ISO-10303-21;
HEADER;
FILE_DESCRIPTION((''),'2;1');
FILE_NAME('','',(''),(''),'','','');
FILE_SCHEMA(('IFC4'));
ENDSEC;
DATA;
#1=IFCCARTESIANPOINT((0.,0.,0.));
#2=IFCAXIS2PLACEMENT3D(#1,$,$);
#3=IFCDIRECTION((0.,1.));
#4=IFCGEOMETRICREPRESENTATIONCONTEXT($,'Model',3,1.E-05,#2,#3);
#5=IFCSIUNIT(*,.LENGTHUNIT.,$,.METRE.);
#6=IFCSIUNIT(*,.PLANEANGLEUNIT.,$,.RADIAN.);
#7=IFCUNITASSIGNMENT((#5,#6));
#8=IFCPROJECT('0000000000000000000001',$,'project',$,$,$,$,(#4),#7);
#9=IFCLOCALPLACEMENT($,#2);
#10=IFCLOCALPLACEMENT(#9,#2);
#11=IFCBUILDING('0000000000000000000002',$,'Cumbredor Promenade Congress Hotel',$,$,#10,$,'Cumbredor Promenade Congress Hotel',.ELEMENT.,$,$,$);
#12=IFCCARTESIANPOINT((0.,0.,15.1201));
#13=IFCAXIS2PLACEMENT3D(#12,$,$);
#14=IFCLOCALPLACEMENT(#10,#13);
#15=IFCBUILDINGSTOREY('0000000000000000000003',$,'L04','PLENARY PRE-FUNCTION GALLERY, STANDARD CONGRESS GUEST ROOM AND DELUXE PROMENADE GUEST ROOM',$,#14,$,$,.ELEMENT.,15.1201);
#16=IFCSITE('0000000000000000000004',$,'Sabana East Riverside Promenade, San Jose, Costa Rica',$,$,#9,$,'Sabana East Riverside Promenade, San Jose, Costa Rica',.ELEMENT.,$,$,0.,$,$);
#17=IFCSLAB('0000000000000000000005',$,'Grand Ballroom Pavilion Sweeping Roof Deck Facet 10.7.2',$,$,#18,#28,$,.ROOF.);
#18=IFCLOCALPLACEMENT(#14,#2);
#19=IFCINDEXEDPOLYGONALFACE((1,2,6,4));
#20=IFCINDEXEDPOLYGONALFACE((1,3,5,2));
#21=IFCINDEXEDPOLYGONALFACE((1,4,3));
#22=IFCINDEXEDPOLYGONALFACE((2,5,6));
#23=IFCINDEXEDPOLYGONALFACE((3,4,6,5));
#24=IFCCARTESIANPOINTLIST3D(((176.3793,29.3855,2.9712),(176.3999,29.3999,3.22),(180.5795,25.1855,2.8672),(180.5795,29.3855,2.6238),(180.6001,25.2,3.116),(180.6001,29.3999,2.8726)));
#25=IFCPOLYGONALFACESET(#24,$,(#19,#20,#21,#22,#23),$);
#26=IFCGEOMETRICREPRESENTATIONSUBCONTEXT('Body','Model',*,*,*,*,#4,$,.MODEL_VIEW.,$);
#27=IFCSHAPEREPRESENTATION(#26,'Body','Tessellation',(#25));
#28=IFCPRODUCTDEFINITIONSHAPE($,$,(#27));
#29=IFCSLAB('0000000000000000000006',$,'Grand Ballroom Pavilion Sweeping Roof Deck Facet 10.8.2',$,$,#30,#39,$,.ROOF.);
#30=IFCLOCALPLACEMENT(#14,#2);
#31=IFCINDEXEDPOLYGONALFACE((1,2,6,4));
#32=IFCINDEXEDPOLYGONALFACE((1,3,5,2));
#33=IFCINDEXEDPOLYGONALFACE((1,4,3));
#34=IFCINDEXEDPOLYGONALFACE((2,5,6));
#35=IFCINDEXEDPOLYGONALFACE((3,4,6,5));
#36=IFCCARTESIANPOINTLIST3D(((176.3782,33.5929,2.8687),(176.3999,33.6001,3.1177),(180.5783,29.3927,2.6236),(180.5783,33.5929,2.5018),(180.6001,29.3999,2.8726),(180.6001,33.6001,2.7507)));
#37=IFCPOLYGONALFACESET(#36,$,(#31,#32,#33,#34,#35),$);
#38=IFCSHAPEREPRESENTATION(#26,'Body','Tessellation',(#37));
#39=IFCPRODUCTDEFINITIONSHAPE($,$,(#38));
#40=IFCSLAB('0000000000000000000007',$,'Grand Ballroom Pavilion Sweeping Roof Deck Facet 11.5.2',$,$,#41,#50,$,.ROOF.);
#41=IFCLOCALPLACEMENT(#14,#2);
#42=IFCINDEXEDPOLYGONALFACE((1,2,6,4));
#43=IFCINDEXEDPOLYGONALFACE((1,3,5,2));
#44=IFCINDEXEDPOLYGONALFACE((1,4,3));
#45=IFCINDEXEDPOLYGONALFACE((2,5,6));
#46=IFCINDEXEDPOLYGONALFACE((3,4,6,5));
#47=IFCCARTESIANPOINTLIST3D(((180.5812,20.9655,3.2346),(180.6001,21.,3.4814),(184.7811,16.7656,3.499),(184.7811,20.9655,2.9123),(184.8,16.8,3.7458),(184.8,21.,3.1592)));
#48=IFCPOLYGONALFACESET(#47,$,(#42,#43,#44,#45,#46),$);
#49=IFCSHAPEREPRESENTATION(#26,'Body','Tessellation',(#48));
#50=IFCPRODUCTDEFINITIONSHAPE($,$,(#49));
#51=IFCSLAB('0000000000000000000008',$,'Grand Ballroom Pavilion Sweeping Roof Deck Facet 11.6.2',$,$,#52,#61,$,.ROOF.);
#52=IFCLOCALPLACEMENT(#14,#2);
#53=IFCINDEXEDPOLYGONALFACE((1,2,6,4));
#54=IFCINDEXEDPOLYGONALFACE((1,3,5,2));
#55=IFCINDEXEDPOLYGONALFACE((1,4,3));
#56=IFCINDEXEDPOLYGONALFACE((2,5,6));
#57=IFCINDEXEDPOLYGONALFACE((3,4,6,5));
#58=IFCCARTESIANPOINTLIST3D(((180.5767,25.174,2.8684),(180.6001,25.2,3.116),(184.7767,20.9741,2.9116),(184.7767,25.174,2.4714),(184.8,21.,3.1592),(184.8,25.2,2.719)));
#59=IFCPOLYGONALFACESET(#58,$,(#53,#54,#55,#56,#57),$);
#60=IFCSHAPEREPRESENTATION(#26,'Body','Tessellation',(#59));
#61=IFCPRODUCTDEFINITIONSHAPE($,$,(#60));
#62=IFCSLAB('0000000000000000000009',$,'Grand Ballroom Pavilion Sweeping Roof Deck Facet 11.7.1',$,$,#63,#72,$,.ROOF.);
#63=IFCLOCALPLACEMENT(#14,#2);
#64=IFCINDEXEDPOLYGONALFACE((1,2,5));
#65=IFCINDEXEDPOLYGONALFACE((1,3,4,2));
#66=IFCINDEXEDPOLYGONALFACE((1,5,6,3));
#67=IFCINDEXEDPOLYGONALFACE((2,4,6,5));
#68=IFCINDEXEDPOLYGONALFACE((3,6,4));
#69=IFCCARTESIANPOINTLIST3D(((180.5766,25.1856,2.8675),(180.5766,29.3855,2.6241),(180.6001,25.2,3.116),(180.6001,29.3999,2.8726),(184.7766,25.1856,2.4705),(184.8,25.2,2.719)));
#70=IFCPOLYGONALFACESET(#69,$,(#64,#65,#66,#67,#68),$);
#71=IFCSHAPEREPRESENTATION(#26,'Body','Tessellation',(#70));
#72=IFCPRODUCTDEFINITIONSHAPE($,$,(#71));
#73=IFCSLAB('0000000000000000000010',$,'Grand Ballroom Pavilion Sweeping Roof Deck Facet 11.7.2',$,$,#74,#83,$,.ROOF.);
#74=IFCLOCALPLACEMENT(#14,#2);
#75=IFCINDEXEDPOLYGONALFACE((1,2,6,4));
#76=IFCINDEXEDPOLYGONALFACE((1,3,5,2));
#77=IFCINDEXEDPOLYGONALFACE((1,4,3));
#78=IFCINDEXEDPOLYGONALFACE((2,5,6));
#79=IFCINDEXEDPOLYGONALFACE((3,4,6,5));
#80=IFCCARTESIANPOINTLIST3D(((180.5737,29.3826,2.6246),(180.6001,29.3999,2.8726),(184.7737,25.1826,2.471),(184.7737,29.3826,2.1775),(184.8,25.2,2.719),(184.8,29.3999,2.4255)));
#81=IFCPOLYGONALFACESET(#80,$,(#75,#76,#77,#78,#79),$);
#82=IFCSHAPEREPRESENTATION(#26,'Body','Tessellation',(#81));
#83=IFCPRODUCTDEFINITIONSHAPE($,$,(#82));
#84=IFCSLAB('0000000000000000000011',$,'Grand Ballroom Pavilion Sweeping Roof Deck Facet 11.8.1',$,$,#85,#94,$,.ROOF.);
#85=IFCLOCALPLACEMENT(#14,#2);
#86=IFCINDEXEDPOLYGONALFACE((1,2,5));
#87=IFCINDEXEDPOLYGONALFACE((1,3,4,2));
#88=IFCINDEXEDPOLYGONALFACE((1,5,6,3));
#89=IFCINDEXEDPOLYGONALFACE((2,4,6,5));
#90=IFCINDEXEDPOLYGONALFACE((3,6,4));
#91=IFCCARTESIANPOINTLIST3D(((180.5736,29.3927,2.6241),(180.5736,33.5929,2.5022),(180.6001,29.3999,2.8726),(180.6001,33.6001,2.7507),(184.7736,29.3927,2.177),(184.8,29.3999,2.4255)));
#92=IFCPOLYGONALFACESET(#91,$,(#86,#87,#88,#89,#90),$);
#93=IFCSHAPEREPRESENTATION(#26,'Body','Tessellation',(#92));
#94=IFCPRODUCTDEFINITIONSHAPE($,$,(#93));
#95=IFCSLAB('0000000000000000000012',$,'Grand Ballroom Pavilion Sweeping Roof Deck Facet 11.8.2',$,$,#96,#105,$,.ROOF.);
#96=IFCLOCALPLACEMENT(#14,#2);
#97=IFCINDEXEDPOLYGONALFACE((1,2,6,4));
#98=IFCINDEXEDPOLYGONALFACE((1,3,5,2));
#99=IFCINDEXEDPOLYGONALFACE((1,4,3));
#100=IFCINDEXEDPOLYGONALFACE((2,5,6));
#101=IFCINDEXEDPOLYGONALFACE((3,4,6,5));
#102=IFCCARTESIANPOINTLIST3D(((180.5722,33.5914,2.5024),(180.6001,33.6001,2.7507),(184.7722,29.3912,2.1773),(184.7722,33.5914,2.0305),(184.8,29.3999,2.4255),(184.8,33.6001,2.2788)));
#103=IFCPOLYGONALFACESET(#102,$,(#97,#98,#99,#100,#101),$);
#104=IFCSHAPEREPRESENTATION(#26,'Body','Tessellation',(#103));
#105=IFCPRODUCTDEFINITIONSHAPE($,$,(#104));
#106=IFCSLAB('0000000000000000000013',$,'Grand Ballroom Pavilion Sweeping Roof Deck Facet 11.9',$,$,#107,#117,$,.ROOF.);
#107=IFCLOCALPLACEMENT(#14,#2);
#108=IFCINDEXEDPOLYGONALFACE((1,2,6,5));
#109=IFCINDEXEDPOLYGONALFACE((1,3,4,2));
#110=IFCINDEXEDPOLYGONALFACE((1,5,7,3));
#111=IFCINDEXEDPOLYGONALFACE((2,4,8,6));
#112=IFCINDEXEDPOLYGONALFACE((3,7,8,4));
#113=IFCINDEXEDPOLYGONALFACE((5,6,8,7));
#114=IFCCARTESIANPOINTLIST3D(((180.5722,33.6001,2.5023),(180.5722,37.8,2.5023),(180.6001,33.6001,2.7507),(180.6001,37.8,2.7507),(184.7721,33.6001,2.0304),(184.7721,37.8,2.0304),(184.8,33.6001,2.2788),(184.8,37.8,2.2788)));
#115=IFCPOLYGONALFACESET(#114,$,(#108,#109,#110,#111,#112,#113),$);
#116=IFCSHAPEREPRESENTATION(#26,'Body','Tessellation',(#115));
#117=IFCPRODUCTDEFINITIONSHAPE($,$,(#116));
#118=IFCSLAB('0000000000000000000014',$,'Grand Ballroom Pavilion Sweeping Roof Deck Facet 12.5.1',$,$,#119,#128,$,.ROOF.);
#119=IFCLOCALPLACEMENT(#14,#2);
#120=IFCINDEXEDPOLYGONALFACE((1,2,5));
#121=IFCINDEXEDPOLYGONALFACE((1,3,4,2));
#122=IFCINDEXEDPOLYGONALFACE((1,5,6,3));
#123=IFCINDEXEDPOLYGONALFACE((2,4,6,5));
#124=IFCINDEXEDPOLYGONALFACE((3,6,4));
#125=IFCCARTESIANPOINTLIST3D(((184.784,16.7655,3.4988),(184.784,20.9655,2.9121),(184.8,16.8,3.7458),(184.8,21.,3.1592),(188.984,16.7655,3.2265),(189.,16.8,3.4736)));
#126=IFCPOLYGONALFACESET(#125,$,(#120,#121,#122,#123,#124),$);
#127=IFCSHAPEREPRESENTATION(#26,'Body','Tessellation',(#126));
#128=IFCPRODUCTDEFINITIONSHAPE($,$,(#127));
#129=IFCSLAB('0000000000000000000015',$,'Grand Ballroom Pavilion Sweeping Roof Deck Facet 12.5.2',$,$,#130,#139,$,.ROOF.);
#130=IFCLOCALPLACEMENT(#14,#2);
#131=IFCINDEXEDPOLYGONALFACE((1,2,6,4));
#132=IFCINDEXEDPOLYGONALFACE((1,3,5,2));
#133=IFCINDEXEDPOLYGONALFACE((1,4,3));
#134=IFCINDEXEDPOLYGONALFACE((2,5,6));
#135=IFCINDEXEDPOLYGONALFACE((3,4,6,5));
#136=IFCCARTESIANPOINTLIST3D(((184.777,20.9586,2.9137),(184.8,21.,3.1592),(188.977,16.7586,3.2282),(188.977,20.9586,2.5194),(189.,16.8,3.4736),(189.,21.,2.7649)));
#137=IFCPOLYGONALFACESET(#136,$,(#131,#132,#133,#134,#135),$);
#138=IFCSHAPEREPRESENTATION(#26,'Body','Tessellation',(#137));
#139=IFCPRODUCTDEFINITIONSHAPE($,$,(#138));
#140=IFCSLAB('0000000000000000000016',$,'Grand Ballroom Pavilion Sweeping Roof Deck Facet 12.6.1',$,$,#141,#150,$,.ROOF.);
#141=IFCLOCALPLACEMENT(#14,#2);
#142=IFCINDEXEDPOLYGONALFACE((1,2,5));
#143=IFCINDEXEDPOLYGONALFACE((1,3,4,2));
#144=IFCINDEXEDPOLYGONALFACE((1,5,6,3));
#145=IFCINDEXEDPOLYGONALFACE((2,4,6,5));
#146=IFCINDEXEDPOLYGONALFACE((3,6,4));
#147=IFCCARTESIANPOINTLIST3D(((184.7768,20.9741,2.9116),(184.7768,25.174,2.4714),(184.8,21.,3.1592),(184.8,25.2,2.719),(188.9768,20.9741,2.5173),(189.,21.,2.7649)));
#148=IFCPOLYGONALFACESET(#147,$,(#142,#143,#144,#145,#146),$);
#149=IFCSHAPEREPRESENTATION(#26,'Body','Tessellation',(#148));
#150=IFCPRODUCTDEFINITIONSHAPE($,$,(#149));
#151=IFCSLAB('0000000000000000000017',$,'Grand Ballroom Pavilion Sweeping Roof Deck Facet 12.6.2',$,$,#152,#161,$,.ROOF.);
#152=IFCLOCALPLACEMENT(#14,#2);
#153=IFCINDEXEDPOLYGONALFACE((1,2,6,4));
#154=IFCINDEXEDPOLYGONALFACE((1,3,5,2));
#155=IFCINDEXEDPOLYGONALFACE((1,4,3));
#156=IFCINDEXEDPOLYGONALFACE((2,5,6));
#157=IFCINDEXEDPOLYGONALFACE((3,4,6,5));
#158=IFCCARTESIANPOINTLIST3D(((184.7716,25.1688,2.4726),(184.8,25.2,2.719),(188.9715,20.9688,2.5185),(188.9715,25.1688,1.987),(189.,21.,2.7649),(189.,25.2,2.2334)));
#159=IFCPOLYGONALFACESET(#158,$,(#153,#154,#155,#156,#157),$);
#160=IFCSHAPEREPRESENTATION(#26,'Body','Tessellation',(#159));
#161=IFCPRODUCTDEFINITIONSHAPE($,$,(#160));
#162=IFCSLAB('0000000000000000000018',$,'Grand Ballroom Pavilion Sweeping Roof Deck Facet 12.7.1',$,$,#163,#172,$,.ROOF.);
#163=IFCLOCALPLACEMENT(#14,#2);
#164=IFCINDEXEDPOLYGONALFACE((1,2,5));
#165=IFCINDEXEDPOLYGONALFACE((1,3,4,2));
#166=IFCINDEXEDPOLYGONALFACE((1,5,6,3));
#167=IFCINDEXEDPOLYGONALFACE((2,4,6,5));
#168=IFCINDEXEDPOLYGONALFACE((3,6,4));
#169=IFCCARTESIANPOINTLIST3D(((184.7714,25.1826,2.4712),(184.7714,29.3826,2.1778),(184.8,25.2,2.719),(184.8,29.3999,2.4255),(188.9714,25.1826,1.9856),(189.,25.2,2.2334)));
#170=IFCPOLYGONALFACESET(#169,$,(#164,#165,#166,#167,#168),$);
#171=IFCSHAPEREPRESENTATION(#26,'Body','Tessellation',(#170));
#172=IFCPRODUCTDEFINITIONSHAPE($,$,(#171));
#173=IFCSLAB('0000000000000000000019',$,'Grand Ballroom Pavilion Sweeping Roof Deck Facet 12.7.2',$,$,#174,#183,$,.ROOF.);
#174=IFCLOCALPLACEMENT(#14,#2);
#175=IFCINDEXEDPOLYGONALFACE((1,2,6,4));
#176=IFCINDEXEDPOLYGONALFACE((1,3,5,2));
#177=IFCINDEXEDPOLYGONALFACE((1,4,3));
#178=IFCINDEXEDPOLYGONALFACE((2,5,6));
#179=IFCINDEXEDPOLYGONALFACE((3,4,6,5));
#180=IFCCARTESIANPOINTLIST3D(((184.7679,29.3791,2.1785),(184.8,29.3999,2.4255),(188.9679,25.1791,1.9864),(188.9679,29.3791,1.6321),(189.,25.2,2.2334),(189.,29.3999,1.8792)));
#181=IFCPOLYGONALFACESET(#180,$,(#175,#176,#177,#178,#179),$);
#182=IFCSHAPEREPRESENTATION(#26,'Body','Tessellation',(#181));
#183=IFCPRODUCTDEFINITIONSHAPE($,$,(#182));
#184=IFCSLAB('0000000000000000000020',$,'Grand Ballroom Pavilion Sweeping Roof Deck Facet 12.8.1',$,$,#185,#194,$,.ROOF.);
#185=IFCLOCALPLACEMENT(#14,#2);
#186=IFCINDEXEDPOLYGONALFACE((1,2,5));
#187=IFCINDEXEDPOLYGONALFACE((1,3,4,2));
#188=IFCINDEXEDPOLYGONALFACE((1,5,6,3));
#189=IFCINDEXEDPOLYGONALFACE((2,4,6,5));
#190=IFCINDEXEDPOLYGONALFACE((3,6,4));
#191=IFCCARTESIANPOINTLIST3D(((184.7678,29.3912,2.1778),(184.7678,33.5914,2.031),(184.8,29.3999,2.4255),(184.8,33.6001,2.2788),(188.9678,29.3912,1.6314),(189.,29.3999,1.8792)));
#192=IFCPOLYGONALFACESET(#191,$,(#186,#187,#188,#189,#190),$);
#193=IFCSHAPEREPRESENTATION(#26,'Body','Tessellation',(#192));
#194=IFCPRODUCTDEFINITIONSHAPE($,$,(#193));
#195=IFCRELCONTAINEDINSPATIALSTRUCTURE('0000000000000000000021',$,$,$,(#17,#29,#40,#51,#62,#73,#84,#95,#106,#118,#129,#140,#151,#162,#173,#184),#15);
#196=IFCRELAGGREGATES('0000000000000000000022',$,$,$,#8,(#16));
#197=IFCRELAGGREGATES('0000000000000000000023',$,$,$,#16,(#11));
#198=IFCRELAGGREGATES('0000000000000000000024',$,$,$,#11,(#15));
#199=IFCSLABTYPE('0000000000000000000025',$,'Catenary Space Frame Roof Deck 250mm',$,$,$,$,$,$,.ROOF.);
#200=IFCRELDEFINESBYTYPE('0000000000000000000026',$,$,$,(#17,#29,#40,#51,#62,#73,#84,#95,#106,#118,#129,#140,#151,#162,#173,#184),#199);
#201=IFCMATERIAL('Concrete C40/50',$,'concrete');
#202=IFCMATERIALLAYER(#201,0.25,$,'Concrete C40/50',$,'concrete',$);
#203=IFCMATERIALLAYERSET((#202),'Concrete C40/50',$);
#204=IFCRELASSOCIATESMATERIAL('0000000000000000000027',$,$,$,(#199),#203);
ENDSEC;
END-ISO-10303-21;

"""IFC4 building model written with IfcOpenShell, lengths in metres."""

from ifc_helpers import new_model, si_unit, direction, frame, origin, place, context, subcontext, project, spatial, polyline, outline, extrude, material, layer, layer_set, type_object, element, save


model = new_model("IFC4")

# Units and contexts
model_context = context("Model", 3, precision=1e-05, world=origin(), true_north=direction((0.0, 1.0)))
body_context = subcontext(model_context, "Body", "Model", "MODEL_VIEW")
ifc_project = project(units=[si_unit("LENGTHUNIT", "METRE"), si_unit("PLANEANGLEUNIT", "RADIAN")], contexts=[model_context])

# Site, building, storey
site_placement = place(None, origin())
site = spatial("IfcSite", under=ifc_project, at=site_placement, Name="Sabana East Riverside Promenade, San Jose, Costa Rica", LongName="Sabana East Riverside Promenade, San Jose, Costa Rica", CompositionType="ELEMENT", RefElevation=0.0)
building_placement = place(site_placement, origin())
building = spatial("IfcBuilding", under=site, at=building_placement, Name="Cumbredor Promenade Congress Hotel", LongName="Cumbredor Promenade Congress Hotel", CompositionType="ELEMENT")
storey_placement = place(building_placement, frame((0.0, 0.0, 15.1201)))
storey = spatial("IfcBuildingStorey", under=building, at=storey_placement, Name="L04", Description="PLENARY PRE-FUNCTION GALLERY, STANDARD CONGRESS GUEST ROOM AND DELUXE PROMENADE GUEST ROOM", CompositionType="ELEMENT", Elevation=15.1201)

# Slabs
ifc_material_1 = material(Name="Concrete C40/50", Category="concrete")
ifc_layer_1 = layer(ifc_material_1, 0.25, Name="Concrete C40/50", Category="concrete")
ifc_layer_set_1 = layer_set([ifc_layer_1], Name="Concrete C40/50")
slab_type = type_object("IfcSlabType", Name="Catenary Space Frame Roof Deck 250mm", PredefinedType="ROOF", material=ifc_layer_set_1)
slab_1_placement = place(storey_placement, frame((180.6001, 25.2, 3.116), z_axis=(0.082295, 0.057662, 0.994939), x_axis=(0.0, 0.998325, -0.057858)))
element("IfcSlab", 1, at=slab_1_placement, inside=storey, type_object=slab_type, Name="Grand Ballroom Pavilion Sweeping Roof Deck Facet 10.7.2", PredefinedType="ROOF", context=body_context, shape_type="SweptSolid", body=[
    extrude(outline(polyline([(0.0, 0.0), (4.207, 0.0), (4.1869, 4.2145), (0.0, 0.0)])), origin(), (0.0, 0.0, -1.0), 0.25),
])
slab_2_placement = place(storey_placement, frame((180.6001, 29.3999, 2.8726), z_axis=(0.086996, 0.028883, 0.99579), x_axis=(0.0, 0.99958, -0.028993)))
element("IfcSlab", 2, at=slab_2_placement, inside=storey, type_object=slab_type, Name="Grand Ballroom Pavilion Sweeping Roof Deck Facet 10.8.2", PredefinedType="ROOF", context=body_context, shape_type="SweptSolid", body=[
    extrude(outline(polyline([(0.0, 0.0), (4.202, 0.0), (4.1913, 4.2162), (0.0, 0.0)])), origin(), (0.0, 0.0, -1.0), 0.25),
])
slab_3_placement = place(storey_placement, frame((184.8, 16.8, 3.7458), z_axis=(0.075775, 0.137944, 0.987537), x_axis=(0.0, 0.990385, -0.138342)))
element("IfcSlab", 3, at=slab_3_placement, inside=storey, type_object=slab_type, Name="Grand Ballroom Pavilion Sweeping Roof Deck Facet 11.5.2", PredefinedType="ROOF", context=body_context, shape_type="SweptSolid", body=[
    extrude(outline(polyline([(0.0, 0.0), (4.2407, 0.0), (4.1961, 4.2121), (0.0, 0.0)])), origin(), (0.0, 0.0, -1.0), 0.25),
])
slab_4_placement = place(storey_placement, frame((184.8, 21.0, 3.1592), z_axis=(0.093591, 0.103779, 0.990187), x_axis=(0.0, 0.994553, -0.104236)))
element("IfcSlab", 4, at=slab_4_placement, inside=storey, type_object=slab_type, Name="Grand Ballroom Pavilion Sweeping Roof Deck Facet 11.6.2", PredefinedType="ROOF", context=body_context, shape_type="SweptSolid", body=[
    extrude(outline(polyline([(0.0, 0.0), (4.223, 0.0), (4.1816, 4.2185), (0.0, 0.0)])), origin(), (0.0, 0.0, -1.0), 0.25),
])
slab_5_placement = place(storey_placement, frame((180.6001, 25.2, 3.116), z_axis=(0.093943, 0.057602, 0.99391), x_axis=(0.995563, 0.0, -0.094099)))
element("IfcSlab", 5, at=slab_5_placement, inside=storey, type_object=slab_type, Name="Grand Ballroom Pavilion Sweeping Roof Deck Facet 11.7.1", PredefinedType="ROOF", context=body_context, shape_type="SweptSolid", body=[
    extrude(outline(polyline([(0.0, 0.0), (4.2187, 0.0), (0.0229, 4.2069), (0.0, 0.0)])), origin(), (0.0, 0.0, -1.0), 0.25),
])
slab_6_placement = place(storey_placement, frame((184.8, 25.2, 2.719), z_axis=(0.105583, 0.069312, 0.991992), x_axis=(0.0, 0.997568, -0.069702)))
element("IfcSlab", 6, at=slab_6_placement, inside=storey, type_object=slab_type, Name="Grand Ballroom Pavilion Sweeping Roof Deck Facet 11.7.2", PredefinedType="ROOF", context=body_context, shape_type="SweptSolid", body=[
    extrude(outline(polyline([(0.0, 0.0), (4.2102, 0.0), (4.179, 4.2236), (0.0, 0.0)])), origin(), (0.0, 0.0, -1.0), 0.25),
])
slab_7_placement = place(storey_placement, frame((180.6001, 29.3999, 2.8726), z_axis=(0.105793, 0.02883, 0.99397), x_axis=(0.994383, 0.0, -0.105837)))
element("IfcSlab", 7, at=slab_7_placement, inside=storey, type_object=slab_type, Name="Grand Ballroom Pavilion Sweeping Roof Deck Facet 11.8.1", PredefinedType="ROOF", context=body_context, shape_type="SweptSolid", body=[
    extrude(outline(polyline([(0.0, 0.0), (4.2237, 0.0), (0.0129, 4.2019), (0.0, 0.0)])), origin(), (0.0, 0.0, -1.0), 0.25),
])
slab_8_placement = place(storey_placement, frame((184.8, 29.3999, 2.4255), z_axis=(0.111594, 0.034694, 0.993148), x_axis=(0.0, 0.99939, -0.034912)))
element("IfcSlab", 8, at=slab_8_placement, inside=storey, type_object=slab_type, Name="Grand Ballroom Pavilion Sweeping Roof Deck Facet 11.8.2", PredefinedType="ROOF", context=body_context, shape_type="SweptSolid", body=[
    extrude(outline(polyline([(0.0, 0.0), (4.2028, 0.0), (4.1863, 4.2263), (0.0, 0.0)])), origin(), (0.0, 0.0, -1.0), 0.25),
])
slab_9_placement = place(storey_placement, frame((180.6001, 33.6001, 2.7507), z_axis=(0.111661, 0.0, 0.993746), x_axis=(0.993746, 0.0, -0.111661)))
element("IfcSlab", 9, at=slab_9_placement, inside=storey, type_object=slab_type, Name="Grand Ballroom Pavilion Sweeping Roof Deck Facet 11.9", PredefinedType="ROOF", context=body_context, shape_type="SweptSolid", body=[
    extrude(outline(polyline([(0.0, 0.0), (4.2264, 0.0), (4.2264, 4.2), (0.0, 4.2), (0.0, 0.0)])), origin(), (0.0, 0.0, -1.0), 0.25),
])
slab_10_placement = place(storey_placement, frame((184.8, 16.8, 3.7458), z_axis=(0.064059, 0.138058, 0.98835), x_axis=(0.997906, 0.0, -0.064679)))
element("IfcSlab", 10, at=slab_10_placement, inside=storey, type_object=slab_type, Name="Grand Ballroom Pavilion Sweeping Roof Deck Facet 12.5.1", PredefinedType="ROOF", context=body_context, shape_type="SweptSolid", body=[
    extrude(outline(polyline([(0.0, 0.0), (4.2088, 0.0), (0.0379, 4.2406), (0.0, 0.0)])), origin(), (0.0, 0.0, -1.0), 0.25),
])
slab_11_placement = place(storey_placement, frame((189.0, 16.8, 3.4736), z_axis=(0.092176, 0.165689, 0.981861), x_axis=(0.0, 0.986059, -0.166397)))
element("IfcSlab", 11, at=slab_11_placement, inside=storey, type_object=slab_type, Name="Grand Ballroom Pavilion Sweeping Roof Deck Facet 12.5.2", PredefinedType="ROOF", context=body_context, shape_type="SweptSolid", body=[
    extrude(outline(polyline([(0.0, 0.0), (4.2593, 0.0), (4.1937, 4.2179), (0.0, 0.0)])), origin(), (0.0, 0.0, -1.0), 0.25),
])
slab_12_placement = place(storey_placement, frame((184.8, 21.0, 3.1592), z_axis=(0.092963, 0.103785, 0.990246), x_axis=(0.995622, 0.0, -0.093468)))
element("IfcSlab", 12, at=slab_12_placement, inside=storey, type_object=slab_type, Name="Grand Ballroom Pavilion Sweeping Roof Deck Facet 12.6.1", PredefinedType="ROOF", context=body_context, shape_type="SweptSolid", body=[
    extrude(outline(polyline([(0.0, 0.0), (4.2184, 0.0), (0.0411, 4.2228), (0.0, 0.0)])), origin(), (0.0, 0.0, -1.0), 0.25),
])
slab_13_placement = place(storey_placement, frame((189.0, 21.0, 2.7649), z_axis=(0.113957, 0.124729, 0.985625), x_axis=(0.0, 0.992088, -0.125546)))
element("IfcSlab", 13, at=slab_13_placement, inside=storey, type_object=slab_type, Name="Grand Ballroom Pavilion Sweeping Roof Deck Facet 12.6.2", PredefinedType="ROOF", context=body_context, shape_type="SweptSolid", body=[
    extrude(outline(polyline([(0.0, 0.0), (4.2334, 0.0), (4.1725, 4.2275), (0.0, 0.0)])), origin(), (0.0, 0.0, -1.0), 0.25),
])
slab_14_placement = place(storey_placement, frame((184.8, 25.2, 2.719), z_axis=(0.114579, 0.069243, 0.990998), x_axis=(0.993382, 0.0, -0.114854)))
element("IfcSlab", 14, at=slab_14_placement, inside=storey, type_object=slab_type, Name="Grand Ballroom Pavilion Sweeping Roof Deck Facet 12.7.1", PredefinedType="ROOF", context=body_context, shape_type="SweptSolid", body=[
    extrude(outline(polyline([(0.0, 0.0), (4.2279, 0.0), (0.0337, 4.2101), (0.0, 0.0)])), origin(), (0.0, 0.0, -1.0), 0.25),
])
slab_15_placement = place(storey_placement, frame((189.0, 25.2, 2.2334), z_axis=(0.128558, 0.08335, 0.988193), x_axis=(0.0, 0.996462, -0.084047)))
element("IfcSlab", 15, at=slab_15_placement, inside=storey, type_object=slab_type, Name="Grand Ballroom Pavilion Sweeping Roof Deck Facet 12.7.2", PredefinedType="ROOF", context=body_context, shape_type="SweptSolid", body=[
    extrude(outline(polyline([(0.0, 0.0), (4.2149, 0.0), (4.1689, 4.2351), (0.0, 0.0)])), origin(), (0.0, 0.0, -1.0), 0.25),
])
slab_16_placement = place(storey_placement, frame((184.8, 29.3999, 2.4255), z_axis=(0.128929, 0.034621, 0.991049), x_axis=(0.991644, 0.0, -0.129006)))
element("IfcSlab", 16, at=slab_16_placement, inside=storey, type_object=slab_type, Name="Grand Ballroom Pavilion Sweeping Roof Deck Facet 12.8.1", PredefinedType="ROOF", context=body_context, shape_type="SweptSolid", body=[
    extrude(outline(polyline([(0.0, 0.0), (4.2353, 0.0), (0.0189, 4.2027), (0.0, 0.0)])), origin(), (0.0, 0.0, -1.0), 0.25),
])

save(model, "model.ifc")
